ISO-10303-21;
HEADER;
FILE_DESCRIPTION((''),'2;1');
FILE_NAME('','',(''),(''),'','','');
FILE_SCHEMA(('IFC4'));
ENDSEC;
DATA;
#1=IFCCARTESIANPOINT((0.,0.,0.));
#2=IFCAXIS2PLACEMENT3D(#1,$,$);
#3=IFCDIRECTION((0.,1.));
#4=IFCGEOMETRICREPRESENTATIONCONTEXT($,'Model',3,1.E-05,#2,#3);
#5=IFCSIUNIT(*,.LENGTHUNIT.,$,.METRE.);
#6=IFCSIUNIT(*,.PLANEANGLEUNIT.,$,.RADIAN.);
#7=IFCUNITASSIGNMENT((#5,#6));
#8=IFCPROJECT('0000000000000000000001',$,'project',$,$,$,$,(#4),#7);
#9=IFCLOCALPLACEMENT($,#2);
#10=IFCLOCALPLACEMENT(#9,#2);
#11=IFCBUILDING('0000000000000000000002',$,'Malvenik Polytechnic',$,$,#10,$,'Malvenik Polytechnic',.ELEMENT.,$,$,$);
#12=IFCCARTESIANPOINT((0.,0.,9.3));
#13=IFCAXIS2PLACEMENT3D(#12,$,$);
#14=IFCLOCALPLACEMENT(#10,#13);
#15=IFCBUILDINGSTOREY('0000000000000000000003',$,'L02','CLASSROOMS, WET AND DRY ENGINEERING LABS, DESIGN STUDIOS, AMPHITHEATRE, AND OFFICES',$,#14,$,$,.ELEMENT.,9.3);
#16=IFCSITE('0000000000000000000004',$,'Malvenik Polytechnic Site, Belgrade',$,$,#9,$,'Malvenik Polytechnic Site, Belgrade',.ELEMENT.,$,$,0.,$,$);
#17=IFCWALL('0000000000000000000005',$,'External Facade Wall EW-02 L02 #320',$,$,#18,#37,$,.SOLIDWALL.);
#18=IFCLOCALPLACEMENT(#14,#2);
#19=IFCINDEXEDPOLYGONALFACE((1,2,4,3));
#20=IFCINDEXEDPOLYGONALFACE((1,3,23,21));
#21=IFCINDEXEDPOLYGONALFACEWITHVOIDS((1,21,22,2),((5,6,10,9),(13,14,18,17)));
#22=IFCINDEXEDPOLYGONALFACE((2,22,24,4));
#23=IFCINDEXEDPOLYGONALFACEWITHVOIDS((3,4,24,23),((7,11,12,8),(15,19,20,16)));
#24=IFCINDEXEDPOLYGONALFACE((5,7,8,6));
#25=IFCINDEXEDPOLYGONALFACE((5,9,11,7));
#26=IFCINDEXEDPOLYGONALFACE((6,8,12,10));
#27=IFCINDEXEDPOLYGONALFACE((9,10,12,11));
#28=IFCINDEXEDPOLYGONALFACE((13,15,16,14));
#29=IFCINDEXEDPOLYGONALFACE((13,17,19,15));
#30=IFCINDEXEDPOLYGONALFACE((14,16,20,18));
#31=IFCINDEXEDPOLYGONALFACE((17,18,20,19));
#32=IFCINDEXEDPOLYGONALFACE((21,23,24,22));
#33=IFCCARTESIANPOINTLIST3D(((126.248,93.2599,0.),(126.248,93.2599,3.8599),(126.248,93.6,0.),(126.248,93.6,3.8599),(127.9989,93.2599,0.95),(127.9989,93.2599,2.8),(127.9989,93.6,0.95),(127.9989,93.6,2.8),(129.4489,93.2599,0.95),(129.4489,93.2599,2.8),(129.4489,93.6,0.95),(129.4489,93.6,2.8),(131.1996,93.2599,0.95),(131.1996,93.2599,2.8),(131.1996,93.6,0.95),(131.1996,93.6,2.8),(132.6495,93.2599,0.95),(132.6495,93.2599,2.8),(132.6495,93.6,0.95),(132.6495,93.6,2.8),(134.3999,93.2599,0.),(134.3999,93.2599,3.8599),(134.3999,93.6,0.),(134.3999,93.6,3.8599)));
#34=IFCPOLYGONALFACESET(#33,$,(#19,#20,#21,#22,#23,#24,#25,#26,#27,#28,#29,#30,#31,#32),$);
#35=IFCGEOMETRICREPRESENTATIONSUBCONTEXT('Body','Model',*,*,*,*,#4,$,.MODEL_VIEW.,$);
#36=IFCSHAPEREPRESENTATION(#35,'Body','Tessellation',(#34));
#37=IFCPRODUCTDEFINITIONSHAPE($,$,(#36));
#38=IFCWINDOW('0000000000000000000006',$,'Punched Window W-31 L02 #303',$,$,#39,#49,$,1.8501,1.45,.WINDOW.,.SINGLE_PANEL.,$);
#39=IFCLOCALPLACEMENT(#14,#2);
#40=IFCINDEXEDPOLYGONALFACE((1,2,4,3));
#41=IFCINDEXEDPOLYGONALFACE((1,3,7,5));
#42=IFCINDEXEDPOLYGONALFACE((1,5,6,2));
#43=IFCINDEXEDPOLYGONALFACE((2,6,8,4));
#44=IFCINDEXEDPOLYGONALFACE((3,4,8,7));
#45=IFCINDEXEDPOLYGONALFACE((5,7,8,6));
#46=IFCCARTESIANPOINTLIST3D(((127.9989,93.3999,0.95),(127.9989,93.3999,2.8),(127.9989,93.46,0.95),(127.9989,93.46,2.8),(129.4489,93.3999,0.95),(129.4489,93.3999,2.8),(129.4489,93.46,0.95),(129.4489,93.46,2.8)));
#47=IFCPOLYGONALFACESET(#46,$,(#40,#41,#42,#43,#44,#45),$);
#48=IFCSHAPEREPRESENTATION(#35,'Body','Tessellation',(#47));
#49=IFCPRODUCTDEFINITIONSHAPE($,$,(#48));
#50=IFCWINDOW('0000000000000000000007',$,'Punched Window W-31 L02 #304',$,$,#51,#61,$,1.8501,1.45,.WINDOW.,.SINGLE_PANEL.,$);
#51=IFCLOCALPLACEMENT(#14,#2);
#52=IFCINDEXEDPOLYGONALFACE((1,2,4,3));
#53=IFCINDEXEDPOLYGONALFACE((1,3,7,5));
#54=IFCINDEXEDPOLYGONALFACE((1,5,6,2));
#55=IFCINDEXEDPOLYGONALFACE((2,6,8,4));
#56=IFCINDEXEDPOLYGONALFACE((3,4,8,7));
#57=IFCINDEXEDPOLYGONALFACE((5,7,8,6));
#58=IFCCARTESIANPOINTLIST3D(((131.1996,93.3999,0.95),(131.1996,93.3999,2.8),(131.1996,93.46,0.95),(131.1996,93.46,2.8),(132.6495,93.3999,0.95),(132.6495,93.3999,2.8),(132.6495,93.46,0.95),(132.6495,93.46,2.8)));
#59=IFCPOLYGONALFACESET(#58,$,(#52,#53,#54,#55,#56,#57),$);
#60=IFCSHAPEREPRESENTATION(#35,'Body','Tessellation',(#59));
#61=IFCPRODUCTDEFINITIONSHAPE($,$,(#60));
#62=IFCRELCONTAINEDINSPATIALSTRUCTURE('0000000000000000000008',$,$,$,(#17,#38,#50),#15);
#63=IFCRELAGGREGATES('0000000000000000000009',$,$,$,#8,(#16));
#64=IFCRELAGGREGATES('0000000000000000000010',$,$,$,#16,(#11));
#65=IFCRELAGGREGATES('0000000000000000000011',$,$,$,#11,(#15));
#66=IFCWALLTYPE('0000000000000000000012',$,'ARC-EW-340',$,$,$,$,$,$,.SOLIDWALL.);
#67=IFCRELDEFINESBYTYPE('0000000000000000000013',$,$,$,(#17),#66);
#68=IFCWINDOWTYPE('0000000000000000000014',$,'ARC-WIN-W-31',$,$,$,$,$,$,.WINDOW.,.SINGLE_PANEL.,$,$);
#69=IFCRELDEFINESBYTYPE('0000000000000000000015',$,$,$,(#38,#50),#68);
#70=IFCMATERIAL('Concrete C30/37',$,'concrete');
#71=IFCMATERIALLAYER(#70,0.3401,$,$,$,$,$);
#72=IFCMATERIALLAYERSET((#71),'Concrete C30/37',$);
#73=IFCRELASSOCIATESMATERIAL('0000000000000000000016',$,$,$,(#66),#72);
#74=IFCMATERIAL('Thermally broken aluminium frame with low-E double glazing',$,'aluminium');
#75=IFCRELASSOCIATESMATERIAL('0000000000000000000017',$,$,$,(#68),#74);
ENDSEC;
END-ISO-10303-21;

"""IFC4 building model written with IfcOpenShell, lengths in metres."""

from ifc_helpers import new_model, si_unit, direction, frame, frame_2d, origin, place, context, subcontext, project, spatial, rectangle, extrude, material, layer, layer_set, type_object, element, fill, save


model = new_model("IFC4")

# Units and contexts
model_context = context("Model", 3, precision=1e-05, world=origin(), true_north=direction((0.0, 1.0)))
body_context = subcontext(model_context, "Body", "Model", "MODEL_VIEW")
ifc_project = project(units=[si_unit("LENGTHUNIT", "METRE"), si_unit("PLANEANGLEUNIT", "RADIAN")], contexts=[model_context])

# Site, building, storey
site_placement = place(None, origin())
site = spatial("IfcSite", under=ifc_project, at=site_placement, Name="Malvenik Polytechnic Site, Belgrade", LongName="Malvenik Polytechnic Site, Belgrade", CompositionType="ELEMENT", RefElevation=0.0)
building_placement = place(site_placement, origin())
building = spatial("IfcBuilding", under=site, at=building_placement, Name="Malvenik Polytechnic", LongName="Malvenik Polytechnic", CompositionType="ELEMENT")
storey_placement = place(building_placement, frame((0.0, 0.0, 9.3)))
storey = spatial("IfcBuildingStorey", under=building, at=storey_placement, Name="L02", Description="CLASSROOMS, WET AND DRY ENGINEERING LABS, DESIGN STUDIOS, AMPHITHEATRE, AND OFFICES", CompositionType="ELEMENT", Elevation=9.3)

# Shared definitions
ifc_material_1 = material(Name="Concrete C30/37", Category="concrete")
ifc_layer_1 = layer(ifc_material_1, 0.3401)
ifc_layer_set_1 = layer_set([ifc_layer_1], Name="Concrete C30/37")
wall_type = type_object("IfcWallType", Name="ARC-EW-340", PredefinedType="SOLIDWALL", material=ifc_layer_set_1)

# Wall, openings, windows
wall_1_placement = place(storey_placement, frame((126.248, 93.4299, 0.0), z_axis=(0.0, 0.0, 1.0), x_axis=(1.0, 0.0, 0.0)))
wall_1 = element("IfcWall", 1, at=wall_1_placement, inside=storey, type_object=wall_type, Name="External Facade Wall EW-02 L02 #320", PredefinedType="SOLIDWALL", context=body_context, shape_type="SweptSolid", body=[
    extrude(rectangle(XDim=8.1519, YDim=0.3401, at=frame_2d((4.0759, 0.0))), origin(), (0.0, 0.0, 1.0), 3.8599),
])
opening_1_placement = place(wall_1_placement, frame((1.7507, 0.0, 0.95)))
opening_1 = element("IfcOpeningElement", 2, at=opening_1_placement, cuts=wall_1, PredefinedType="OPENING", context=body_context, shape_type="SweptSolid", body=[
    extrude(rectangle(XDim=1.45, YDim=1.8501, at=frame_2d((0.7251, 0.925))), frame((0.0, 0.1802, 0.0), z_axis=(0.0, -1.0, 0.0), x_axis=(1.0, 0.0, 0.0)), (0.0, 0.0, 1.0), 0.3601),
])
opening_2_placement = place(wall_1_placement, frame((4.9514, 0.0, 0.95)))
opening_2 = element("IfcOpeningElement", 3, at=opening_2_placement, cuts=wall_1, PredefinedType="OPENING", context=body_context, shape_type="SweptSolid", body=[
    extrude(rectangle(XDim=1.45, YDim=1.8501, at=frame_2d((0.7251, 0.925))), frame((0.0, 0.1802, 0.0), z_axis=(0.0, -1.0, 0.0), x_axis=(1.0, 0.0, 0.0)), (0.0, 0.0, 1.0), 0.3601),
])
ifc_material_2 = material(Name="Thermally broken aluminium frame with low-E double glazing", Category="aluminium")
window_type = type_object("IfcWindowType", Name="ARC-WIN-W-31", PartitioningType="SINGLE_PANEL", PredefinedType="WINDOW", material=ifc_material_2)
window_1_placement = place(opening_1_placement, origin())
window_1 = element("IfcWindow", 4, at=window_1_placement, inside=storey, type_object=window_type, Name="Punched Window W-31 L02 #303", OverallHeight=1.8501, OverallWidth=1.45, PartitioningType="SINGLE_PANEL", PredefinedType="WINDOW", context=body_context, shape_type="SweptSolid", body=[
    extrude(rectangle(XDim=1.45, YDim=1.8501, at=frame_2d((0.7251, 0.925))), frame((0.0, 0.03, 0.0), z_axis=(0.0, -1.0, 0.0), x_axis=(1.0, 0.0, 0.0)), (0.0, 0.0, 1.0), 0.0601),
])
fill(opening_1, window_1)
window_2_placement = place(opening_2_placement, origin())
window_2 = element("IfcWindow", 5, at=window_2_placement, inside=storey, type_object=window_type, Name="Punched Window W-31 L02 #304", OverallHeight=1.8501, OverallWidth=1.45, PartitioningType="SINGLE_PANEL", PredefinedType="WINDOW", context=body_context, shape_type="SweptSolid", body=[
    extrude(rectangle(XDim=1.45, YDim=1.8501, at=frame_2d((0.7251, 0.925))), frame((0.0, 0.03, 0.0), z_axis=(0.0, -1.0, 0.0), x_axis=(1.0, 0.0, 0.0)), (0.0, 0.0, 1.0), 0.0601),
])
fill(opening_2, window_2)

save(model, "model.ifc")
